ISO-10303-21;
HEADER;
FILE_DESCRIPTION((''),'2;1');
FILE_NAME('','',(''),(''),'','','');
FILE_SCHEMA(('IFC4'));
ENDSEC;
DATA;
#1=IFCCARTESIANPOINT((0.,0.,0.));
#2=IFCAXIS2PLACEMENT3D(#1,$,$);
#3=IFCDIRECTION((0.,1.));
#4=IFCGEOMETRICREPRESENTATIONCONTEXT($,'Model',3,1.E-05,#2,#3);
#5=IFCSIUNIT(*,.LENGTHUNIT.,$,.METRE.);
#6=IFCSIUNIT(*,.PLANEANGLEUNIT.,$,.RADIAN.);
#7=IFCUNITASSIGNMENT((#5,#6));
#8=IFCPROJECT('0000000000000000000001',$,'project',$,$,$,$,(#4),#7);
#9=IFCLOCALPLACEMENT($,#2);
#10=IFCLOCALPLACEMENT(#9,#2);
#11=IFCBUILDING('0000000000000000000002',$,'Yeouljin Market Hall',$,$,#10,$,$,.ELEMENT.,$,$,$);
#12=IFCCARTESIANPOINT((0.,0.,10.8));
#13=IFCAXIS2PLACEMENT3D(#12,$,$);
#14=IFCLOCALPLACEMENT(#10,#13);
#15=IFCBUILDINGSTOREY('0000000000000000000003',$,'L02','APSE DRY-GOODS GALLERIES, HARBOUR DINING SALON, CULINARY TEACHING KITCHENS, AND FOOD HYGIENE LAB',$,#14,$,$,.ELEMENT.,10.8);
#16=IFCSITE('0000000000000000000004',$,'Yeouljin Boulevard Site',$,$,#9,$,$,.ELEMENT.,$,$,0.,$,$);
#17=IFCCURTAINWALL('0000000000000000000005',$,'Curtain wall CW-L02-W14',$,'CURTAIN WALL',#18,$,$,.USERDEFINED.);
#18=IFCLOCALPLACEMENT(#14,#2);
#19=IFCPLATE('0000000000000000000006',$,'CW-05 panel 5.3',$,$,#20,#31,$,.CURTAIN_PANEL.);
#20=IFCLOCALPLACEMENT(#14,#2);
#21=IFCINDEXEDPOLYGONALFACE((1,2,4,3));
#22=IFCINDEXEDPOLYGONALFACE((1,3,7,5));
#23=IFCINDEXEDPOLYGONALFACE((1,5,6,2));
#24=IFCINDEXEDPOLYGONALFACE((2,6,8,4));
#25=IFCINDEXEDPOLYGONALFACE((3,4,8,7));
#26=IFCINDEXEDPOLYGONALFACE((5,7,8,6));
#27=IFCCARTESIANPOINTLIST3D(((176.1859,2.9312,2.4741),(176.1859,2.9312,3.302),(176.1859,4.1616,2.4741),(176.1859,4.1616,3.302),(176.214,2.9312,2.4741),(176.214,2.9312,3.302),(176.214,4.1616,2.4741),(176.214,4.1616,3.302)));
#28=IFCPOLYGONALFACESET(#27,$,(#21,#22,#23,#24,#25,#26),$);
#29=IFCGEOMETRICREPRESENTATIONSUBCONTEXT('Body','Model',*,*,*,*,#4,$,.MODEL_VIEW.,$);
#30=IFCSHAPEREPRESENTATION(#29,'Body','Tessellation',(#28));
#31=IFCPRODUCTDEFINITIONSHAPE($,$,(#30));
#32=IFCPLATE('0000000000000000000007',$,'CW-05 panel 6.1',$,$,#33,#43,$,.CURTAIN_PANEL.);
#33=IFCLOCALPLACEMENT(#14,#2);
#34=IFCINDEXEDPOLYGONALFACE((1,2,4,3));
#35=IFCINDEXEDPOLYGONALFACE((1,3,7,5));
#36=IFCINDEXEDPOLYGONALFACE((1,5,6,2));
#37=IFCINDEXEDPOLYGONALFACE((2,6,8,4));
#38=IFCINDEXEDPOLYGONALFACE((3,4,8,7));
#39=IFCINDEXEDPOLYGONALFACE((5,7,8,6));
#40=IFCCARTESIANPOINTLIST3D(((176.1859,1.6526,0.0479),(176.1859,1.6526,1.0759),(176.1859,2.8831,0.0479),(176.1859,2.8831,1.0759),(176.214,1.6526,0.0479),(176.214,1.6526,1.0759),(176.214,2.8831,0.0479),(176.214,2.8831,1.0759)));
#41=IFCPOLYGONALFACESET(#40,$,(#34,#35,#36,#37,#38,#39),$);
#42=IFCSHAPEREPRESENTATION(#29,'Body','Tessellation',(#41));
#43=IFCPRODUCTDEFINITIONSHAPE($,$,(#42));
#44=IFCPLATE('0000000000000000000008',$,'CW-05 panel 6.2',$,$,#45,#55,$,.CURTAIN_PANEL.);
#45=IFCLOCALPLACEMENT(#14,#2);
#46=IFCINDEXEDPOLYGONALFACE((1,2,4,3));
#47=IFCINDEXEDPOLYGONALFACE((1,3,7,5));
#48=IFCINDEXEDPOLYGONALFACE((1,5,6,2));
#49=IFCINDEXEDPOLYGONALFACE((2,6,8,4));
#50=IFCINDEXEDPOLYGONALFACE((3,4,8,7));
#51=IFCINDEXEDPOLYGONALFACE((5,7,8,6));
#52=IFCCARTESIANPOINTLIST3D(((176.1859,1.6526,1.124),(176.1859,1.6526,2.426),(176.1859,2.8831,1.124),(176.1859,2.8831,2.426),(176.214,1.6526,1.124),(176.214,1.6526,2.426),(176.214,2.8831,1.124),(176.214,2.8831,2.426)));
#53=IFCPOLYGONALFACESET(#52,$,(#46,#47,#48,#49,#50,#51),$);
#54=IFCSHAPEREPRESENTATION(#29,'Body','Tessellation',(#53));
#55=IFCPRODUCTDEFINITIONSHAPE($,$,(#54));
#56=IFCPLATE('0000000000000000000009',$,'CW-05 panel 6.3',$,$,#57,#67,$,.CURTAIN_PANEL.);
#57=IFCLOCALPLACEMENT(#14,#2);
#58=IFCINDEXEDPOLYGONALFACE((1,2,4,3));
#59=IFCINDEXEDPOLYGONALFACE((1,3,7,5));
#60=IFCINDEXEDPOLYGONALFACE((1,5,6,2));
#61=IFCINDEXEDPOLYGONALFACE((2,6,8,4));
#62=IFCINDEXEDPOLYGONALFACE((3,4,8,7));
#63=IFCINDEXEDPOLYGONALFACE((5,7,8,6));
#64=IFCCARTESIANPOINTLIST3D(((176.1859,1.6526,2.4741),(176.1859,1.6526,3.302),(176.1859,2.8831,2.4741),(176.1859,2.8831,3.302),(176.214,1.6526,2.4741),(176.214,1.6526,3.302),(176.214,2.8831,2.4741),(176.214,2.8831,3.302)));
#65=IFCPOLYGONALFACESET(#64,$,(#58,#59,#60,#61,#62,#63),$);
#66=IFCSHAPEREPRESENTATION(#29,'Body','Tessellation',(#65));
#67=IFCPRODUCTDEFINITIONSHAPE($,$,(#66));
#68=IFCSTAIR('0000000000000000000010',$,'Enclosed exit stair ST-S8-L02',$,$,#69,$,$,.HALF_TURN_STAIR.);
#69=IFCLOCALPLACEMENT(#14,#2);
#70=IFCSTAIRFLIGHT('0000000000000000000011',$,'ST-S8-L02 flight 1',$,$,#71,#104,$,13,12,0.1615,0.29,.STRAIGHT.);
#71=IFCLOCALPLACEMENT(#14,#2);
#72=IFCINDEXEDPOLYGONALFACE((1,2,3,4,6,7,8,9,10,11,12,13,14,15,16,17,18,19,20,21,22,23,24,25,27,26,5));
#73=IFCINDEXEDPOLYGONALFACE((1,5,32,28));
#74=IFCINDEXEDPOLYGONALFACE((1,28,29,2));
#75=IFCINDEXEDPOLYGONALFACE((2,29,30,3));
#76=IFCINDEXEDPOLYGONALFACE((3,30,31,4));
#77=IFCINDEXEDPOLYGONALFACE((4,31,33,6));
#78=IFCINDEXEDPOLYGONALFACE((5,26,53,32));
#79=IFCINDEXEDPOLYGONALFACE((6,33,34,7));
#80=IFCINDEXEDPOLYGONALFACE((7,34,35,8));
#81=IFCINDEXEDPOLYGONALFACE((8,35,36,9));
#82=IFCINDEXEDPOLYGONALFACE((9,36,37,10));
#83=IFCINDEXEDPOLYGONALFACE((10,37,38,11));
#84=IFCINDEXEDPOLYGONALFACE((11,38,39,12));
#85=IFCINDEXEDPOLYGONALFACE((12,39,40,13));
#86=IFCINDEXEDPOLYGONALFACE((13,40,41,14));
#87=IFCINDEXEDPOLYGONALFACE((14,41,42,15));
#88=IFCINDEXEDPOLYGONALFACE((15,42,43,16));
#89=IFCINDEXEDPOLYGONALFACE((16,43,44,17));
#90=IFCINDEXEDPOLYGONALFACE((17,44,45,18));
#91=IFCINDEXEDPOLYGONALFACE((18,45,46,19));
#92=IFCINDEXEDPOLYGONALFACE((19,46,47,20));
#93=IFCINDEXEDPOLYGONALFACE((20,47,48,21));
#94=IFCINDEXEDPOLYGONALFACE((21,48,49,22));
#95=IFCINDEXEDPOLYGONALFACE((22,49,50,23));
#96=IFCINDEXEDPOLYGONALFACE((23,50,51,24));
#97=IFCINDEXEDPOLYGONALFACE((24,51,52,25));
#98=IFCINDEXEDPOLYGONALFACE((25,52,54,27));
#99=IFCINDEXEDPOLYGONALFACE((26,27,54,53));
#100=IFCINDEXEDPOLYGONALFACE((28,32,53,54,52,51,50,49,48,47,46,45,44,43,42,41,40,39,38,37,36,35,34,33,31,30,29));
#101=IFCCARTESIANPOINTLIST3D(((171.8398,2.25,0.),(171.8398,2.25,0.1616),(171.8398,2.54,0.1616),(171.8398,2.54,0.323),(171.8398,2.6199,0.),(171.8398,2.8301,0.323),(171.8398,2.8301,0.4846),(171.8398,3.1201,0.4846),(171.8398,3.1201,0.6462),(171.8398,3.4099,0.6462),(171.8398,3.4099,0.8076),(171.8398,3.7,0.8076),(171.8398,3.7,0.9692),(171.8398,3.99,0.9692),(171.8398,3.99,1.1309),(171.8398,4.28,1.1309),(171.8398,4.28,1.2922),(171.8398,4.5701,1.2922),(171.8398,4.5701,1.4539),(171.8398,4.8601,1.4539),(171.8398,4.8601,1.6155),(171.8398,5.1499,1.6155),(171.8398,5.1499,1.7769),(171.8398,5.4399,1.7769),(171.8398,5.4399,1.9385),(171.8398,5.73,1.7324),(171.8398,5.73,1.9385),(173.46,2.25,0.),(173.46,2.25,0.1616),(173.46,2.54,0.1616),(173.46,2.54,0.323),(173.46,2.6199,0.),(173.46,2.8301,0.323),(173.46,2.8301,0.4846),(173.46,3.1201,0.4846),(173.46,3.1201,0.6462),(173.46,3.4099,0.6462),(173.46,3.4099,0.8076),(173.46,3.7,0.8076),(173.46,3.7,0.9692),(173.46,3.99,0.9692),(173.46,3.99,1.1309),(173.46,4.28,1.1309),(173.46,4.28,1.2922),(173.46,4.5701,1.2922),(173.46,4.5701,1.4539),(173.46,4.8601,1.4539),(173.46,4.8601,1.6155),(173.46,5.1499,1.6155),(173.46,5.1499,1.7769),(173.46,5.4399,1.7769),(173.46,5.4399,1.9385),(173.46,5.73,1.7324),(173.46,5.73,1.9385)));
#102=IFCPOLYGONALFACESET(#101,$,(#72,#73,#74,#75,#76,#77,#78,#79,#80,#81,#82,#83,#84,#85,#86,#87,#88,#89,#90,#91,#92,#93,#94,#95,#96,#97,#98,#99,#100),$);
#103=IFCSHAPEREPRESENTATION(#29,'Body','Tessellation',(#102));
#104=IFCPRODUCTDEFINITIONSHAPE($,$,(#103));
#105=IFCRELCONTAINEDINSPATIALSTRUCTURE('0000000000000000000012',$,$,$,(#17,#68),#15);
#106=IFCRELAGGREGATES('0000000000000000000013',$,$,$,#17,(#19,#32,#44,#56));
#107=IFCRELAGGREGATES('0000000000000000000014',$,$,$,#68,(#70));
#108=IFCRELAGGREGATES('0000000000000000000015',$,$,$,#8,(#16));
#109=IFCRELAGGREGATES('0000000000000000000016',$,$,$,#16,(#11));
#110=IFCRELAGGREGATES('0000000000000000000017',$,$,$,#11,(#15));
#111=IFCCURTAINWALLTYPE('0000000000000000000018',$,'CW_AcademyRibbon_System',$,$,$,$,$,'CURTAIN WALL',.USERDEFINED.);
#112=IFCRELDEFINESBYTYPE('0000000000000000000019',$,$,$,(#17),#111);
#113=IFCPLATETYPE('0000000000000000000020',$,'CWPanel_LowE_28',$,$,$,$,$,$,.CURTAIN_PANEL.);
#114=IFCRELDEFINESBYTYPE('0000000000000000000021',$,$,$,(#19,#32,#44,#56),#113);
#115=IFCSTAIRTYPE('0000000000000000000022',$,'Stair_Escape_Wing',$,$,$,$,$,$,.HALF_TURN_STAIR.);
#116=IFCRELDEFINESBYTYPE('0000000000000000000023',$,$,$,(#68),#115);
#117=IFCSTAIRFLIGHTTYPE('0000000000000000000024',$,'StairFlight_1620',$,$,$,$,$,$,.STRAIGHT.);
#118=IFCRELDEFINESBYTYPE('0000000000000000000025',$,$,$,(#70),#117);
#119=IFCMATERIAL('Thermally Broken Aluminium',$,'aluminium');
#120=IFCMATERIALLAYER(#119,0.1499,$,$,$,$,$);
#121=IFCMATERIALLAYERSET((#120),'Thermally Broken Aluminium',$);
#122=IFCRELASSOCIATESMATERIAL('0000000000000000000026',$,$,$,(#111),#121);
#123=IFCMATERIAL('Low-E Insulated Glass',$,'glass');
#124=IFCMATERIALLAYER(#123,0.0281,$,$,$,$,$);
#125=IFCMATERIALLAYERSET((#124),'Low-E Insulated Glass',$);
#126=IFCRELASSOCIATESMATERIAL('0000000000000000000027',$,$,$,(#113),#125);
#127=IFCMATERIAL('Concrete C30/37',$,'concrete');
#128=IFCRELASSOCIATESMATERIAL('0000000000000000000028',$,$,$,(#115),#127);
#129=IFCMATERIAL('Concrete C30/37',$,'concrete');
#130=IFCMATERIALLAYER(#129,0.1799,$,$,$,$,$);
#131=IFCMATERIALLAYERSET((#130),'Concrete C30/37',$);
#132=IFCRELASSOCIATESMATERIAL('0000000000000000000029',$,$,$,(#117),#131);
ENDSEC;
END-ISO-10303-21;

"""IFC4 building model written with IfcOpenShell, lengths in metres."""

from ifc_helpers import new_model, si_unit, direction, frame, origin, origin_2d, place, context, subcontext, project, spatial, polyline, rectangle, outline, extrude, material, layer, layer_set, type_object, element, aggregate, save


model = new_model("IFC4")

# Units and contexts
model_context = context("Model", 3, precision=1e-05, world=origin(), true_north=direction((0.0, 1.0)))
body_context = subcontext(model_context, "Body", "Model", "MODEL_VIEW")
ifc_project = project(units=[si_unit("LENGTHUNIT", "METRE"), si_unit("PLANEANGLEUNIT", "RADIAN")], contexts=[model_context])

# Site, building, storey
site_placement = place(None, origin())
site = spatial("IfcSite", under=ifc_project, at=site_placement, Name="Yeouljin Boulevard Site", CompositionType="ELEMENT", RefElevation=0.0)
building_placement = place(site_placement, origin())
building = spatial("IfcBuilding", under=site, at=building_placement, Name="Yeouljin Market Hall", CompositionType="ELEMENT")
storey_placement = place(building_placement, frame((0.0, 0.0, 10.8)))
storey = spatial("IfcBuildingStorey", under=building, at=storey_placement, Name="L02", Description="APSE DRY-GOODS GALLERIES, HARBOUR DINING SALON, CULINARY TEACHING KITCHENS, AND FOOD HYGIENE LAB", CompositionType="ELEMENT", Elevation=10.8)

# Curtain wall, plates
ifc_material_1 = material(Name="Thermally Broken Aluminium", Category="aluminium")
ifc_layer_1 = layer(ifc_material_1, 0.1499)
ifc_layer_set_1 = layer_set([ifc_layer_1], Name="Thermally Broken Aluminium")
curtain_wall_type = type_object("IfcCurtainWallType", Name="CW_AcademyRibbon_System", ElementType="CURTAIN WALL", PredefinedType="USERDEFINED", material=ifc_layer_set_1)
curtain_wall_placement = place(storey_placement, origin())
curtain_wall = element("IfcCurtainWall", 1, at=curtain_wall_placement, inside=storey, type_object=curtain_wall_type, Name="Curtain wall CW-L02-W14", ObjectType="CURTAIN WALL", PredefinedType="USERDEFINED")
ifc_material_2 = material(Name="Low-E Insulated Glass", Category="glass")
ifc_layer_2 = layer(ifc_material_2, 0.0281)
ifc_layer_set_2 = layer_set([ifc_layer_2], Name="Low-E Insulated Glass")
plate_type = type_object("IfcPlateType", Name="CWPanel_LowE_28", PredefinedType="CURTAIN_PANEL", material=ifc_layer_set_2)
plate_1_placement = place(storey_placement, frame((176.2, 3.5464, 2.4741), z_axis=(0.0, 0.0, 1.0), x_axis=(0.0, -1.0, 0.0)))
plate_1 = element("IfcPlate", 2, at=plate_1_placement, type_object=plate_type, Name="CW-05 panel 5.3", PredefinedType="CURTAIN_PANEL", context=body_context, shape_type="SweptSolid", body=[
    extrude(rectangle(XDim=1.2305, YDim=0.0281, at=origin_2d()), origin(), (0.0, 0.0, 1.0), 0.8279),
])
plate_2_placement = place(storey_placement, frame((176.2, 2.2678, 0.0479), z_axis=(0.0, 0.0, 1.0), x_axis=(0.0, -1.0, 0.0)))
plate_2 = element("IfcPlate", 3, at=plate_2_placement, type_object=plate_type, Name="CW-05 panel 6.1", PredefinedType="CURTAIN_PANEL", context=body_context, shape_type="SweptSolid", body=[
    extrude(rectangle(XDim=1.2305, YDim=0.0281, at=origin_2d()), origin(), (0.0, 0.0, 1.0), 1.0281),
])
plate_3_placement = place(storey_placement, frame((176.2, 2.2678, 1.124), z_axis=(0.0, 0.0, 1.0), x_axis=(0.0, -1.0, 0.0)))
plate_3 = element("IfcPlate", 4, at=plate_3_placement, type_object=plate_type, Name="CW-05 panel 6.2", PredefinedType="CURTAIN_PANEL", context=body_context, shape_type="SweptSolid", body=[
    extrude(rectangle(XDim=1.2305, YDim=0.0281, at=origin_2d()), origin(), (0.0, 0.0, 1.0), 1.302),
])
plate_4_placement = place(storey_placement, frame((176.2, 2.2678, 2.4741), z_axis=(0.0, 0.0, 1.0), x_axis=(0.0, -1.0, 0.0)))
plate_4 = element("IfcPlate", 5, at=plate_4_placement, type_object=plate_type, Name="CW-05 panel 6.3", PredefinedType="CURTAIN_PANEL", context=body_context, shape_type="SweptSolid", body=[
    extrude(rectangle(XDim=1.2305, YDim=0.0281, at=origin_2d()), origin(), (0.0, 0.0, 1.0), 0.8279),
])
aggregate(curtain_wall, [plate_1, plate_2, plate_3, plate_4])

# Stair, stair flight
ifc_material_3 = material(Name="Concrete C30/37", Category="concrete")
stair_type = type_object("IfcStairType", Name="Stair_Escape_Wing", PredefinedType="HALF_TURN_STAIR", material=ifc_material_3)
stair_placement = place(storey_placement, origin())
stair = element("IfcStair", 6, at=stair_placement, inside=storey, type_object=stair_type, Name="Enclosed exit stair ST-S8-L02", PredefinedType="HALF_TURN_STAIR")
ifc_material_4 = material(Name="Concrete C30/37", Category="concrete")
ifc_layer_3 = layer(ifc_material_4, 0.1799)
ifc_layer_set_3 = layer_set([ifc_layer_3], Name="Concrete C30/37")
stair_flight_type = type_object("IfcStairFlightType", Name="StairFlight_1620", PredefinedType="STRAIGHT", material=ifc_layer_set_3)
stair_flight_placement = place(storey_placement, frame((172.6499, 2.25, 0.0), z_axis=(0.0, 0.0, 1.0), x_axis=(0.0, 1.0, 0.0)))
stair_flight = element("IfcStairFlight", 7, at=stair_flight_placement, type_object=stair_flight_type, Name="ST-S8-L02 flight 1", NumberOfRisers=13, NumberOfTreads=12, PredefinedType="STRAIGHT", RiserHeight=0.1615, TreadLength=0.29, context=body_context, shape_type="SweptSolid", body=[
    extrude(outline(polyline([(0.0, 0.0), (0.0, 0.1616), (0.29, 0.1616), (0.29, 0.323), (0.5801, 0.323), (0.5801, 0.4846), (0.8701, 0.4846), (0.8701, 0.6462), (1.1599, 0.6462), (1.1599, 0.8076), (1.45, 0.8076), (1.45, 0.9692), (1.74, 0.9692), (1.74, 1.1309), (2.03, 1.1309), (2.03, 1.2922), (2.3201, 1.2922), (2.3201, 1.4539), (2.6101, 1.4539), (2.6101, 1.6155), (2.8999, 1.6155), (2.8999, 1.7769), (3.1899, 1.7769), (3.1899, 1.9385), (3.48, 1.9385), (3.48, 2.1001), (3.48, 1.7324), (0.3699, 0.0), (0.0, 0.0)])), frame((0.0, 0.8101, 0.0), z_axis=(0.0, -1.0, 0.0), x_axis=(1.0, 0.0, 0.0)), (0.0, 0.0, 1.0), 1.6201),
])
aggregate(stair, [stair_flight])

save(model, "model.ifc")
